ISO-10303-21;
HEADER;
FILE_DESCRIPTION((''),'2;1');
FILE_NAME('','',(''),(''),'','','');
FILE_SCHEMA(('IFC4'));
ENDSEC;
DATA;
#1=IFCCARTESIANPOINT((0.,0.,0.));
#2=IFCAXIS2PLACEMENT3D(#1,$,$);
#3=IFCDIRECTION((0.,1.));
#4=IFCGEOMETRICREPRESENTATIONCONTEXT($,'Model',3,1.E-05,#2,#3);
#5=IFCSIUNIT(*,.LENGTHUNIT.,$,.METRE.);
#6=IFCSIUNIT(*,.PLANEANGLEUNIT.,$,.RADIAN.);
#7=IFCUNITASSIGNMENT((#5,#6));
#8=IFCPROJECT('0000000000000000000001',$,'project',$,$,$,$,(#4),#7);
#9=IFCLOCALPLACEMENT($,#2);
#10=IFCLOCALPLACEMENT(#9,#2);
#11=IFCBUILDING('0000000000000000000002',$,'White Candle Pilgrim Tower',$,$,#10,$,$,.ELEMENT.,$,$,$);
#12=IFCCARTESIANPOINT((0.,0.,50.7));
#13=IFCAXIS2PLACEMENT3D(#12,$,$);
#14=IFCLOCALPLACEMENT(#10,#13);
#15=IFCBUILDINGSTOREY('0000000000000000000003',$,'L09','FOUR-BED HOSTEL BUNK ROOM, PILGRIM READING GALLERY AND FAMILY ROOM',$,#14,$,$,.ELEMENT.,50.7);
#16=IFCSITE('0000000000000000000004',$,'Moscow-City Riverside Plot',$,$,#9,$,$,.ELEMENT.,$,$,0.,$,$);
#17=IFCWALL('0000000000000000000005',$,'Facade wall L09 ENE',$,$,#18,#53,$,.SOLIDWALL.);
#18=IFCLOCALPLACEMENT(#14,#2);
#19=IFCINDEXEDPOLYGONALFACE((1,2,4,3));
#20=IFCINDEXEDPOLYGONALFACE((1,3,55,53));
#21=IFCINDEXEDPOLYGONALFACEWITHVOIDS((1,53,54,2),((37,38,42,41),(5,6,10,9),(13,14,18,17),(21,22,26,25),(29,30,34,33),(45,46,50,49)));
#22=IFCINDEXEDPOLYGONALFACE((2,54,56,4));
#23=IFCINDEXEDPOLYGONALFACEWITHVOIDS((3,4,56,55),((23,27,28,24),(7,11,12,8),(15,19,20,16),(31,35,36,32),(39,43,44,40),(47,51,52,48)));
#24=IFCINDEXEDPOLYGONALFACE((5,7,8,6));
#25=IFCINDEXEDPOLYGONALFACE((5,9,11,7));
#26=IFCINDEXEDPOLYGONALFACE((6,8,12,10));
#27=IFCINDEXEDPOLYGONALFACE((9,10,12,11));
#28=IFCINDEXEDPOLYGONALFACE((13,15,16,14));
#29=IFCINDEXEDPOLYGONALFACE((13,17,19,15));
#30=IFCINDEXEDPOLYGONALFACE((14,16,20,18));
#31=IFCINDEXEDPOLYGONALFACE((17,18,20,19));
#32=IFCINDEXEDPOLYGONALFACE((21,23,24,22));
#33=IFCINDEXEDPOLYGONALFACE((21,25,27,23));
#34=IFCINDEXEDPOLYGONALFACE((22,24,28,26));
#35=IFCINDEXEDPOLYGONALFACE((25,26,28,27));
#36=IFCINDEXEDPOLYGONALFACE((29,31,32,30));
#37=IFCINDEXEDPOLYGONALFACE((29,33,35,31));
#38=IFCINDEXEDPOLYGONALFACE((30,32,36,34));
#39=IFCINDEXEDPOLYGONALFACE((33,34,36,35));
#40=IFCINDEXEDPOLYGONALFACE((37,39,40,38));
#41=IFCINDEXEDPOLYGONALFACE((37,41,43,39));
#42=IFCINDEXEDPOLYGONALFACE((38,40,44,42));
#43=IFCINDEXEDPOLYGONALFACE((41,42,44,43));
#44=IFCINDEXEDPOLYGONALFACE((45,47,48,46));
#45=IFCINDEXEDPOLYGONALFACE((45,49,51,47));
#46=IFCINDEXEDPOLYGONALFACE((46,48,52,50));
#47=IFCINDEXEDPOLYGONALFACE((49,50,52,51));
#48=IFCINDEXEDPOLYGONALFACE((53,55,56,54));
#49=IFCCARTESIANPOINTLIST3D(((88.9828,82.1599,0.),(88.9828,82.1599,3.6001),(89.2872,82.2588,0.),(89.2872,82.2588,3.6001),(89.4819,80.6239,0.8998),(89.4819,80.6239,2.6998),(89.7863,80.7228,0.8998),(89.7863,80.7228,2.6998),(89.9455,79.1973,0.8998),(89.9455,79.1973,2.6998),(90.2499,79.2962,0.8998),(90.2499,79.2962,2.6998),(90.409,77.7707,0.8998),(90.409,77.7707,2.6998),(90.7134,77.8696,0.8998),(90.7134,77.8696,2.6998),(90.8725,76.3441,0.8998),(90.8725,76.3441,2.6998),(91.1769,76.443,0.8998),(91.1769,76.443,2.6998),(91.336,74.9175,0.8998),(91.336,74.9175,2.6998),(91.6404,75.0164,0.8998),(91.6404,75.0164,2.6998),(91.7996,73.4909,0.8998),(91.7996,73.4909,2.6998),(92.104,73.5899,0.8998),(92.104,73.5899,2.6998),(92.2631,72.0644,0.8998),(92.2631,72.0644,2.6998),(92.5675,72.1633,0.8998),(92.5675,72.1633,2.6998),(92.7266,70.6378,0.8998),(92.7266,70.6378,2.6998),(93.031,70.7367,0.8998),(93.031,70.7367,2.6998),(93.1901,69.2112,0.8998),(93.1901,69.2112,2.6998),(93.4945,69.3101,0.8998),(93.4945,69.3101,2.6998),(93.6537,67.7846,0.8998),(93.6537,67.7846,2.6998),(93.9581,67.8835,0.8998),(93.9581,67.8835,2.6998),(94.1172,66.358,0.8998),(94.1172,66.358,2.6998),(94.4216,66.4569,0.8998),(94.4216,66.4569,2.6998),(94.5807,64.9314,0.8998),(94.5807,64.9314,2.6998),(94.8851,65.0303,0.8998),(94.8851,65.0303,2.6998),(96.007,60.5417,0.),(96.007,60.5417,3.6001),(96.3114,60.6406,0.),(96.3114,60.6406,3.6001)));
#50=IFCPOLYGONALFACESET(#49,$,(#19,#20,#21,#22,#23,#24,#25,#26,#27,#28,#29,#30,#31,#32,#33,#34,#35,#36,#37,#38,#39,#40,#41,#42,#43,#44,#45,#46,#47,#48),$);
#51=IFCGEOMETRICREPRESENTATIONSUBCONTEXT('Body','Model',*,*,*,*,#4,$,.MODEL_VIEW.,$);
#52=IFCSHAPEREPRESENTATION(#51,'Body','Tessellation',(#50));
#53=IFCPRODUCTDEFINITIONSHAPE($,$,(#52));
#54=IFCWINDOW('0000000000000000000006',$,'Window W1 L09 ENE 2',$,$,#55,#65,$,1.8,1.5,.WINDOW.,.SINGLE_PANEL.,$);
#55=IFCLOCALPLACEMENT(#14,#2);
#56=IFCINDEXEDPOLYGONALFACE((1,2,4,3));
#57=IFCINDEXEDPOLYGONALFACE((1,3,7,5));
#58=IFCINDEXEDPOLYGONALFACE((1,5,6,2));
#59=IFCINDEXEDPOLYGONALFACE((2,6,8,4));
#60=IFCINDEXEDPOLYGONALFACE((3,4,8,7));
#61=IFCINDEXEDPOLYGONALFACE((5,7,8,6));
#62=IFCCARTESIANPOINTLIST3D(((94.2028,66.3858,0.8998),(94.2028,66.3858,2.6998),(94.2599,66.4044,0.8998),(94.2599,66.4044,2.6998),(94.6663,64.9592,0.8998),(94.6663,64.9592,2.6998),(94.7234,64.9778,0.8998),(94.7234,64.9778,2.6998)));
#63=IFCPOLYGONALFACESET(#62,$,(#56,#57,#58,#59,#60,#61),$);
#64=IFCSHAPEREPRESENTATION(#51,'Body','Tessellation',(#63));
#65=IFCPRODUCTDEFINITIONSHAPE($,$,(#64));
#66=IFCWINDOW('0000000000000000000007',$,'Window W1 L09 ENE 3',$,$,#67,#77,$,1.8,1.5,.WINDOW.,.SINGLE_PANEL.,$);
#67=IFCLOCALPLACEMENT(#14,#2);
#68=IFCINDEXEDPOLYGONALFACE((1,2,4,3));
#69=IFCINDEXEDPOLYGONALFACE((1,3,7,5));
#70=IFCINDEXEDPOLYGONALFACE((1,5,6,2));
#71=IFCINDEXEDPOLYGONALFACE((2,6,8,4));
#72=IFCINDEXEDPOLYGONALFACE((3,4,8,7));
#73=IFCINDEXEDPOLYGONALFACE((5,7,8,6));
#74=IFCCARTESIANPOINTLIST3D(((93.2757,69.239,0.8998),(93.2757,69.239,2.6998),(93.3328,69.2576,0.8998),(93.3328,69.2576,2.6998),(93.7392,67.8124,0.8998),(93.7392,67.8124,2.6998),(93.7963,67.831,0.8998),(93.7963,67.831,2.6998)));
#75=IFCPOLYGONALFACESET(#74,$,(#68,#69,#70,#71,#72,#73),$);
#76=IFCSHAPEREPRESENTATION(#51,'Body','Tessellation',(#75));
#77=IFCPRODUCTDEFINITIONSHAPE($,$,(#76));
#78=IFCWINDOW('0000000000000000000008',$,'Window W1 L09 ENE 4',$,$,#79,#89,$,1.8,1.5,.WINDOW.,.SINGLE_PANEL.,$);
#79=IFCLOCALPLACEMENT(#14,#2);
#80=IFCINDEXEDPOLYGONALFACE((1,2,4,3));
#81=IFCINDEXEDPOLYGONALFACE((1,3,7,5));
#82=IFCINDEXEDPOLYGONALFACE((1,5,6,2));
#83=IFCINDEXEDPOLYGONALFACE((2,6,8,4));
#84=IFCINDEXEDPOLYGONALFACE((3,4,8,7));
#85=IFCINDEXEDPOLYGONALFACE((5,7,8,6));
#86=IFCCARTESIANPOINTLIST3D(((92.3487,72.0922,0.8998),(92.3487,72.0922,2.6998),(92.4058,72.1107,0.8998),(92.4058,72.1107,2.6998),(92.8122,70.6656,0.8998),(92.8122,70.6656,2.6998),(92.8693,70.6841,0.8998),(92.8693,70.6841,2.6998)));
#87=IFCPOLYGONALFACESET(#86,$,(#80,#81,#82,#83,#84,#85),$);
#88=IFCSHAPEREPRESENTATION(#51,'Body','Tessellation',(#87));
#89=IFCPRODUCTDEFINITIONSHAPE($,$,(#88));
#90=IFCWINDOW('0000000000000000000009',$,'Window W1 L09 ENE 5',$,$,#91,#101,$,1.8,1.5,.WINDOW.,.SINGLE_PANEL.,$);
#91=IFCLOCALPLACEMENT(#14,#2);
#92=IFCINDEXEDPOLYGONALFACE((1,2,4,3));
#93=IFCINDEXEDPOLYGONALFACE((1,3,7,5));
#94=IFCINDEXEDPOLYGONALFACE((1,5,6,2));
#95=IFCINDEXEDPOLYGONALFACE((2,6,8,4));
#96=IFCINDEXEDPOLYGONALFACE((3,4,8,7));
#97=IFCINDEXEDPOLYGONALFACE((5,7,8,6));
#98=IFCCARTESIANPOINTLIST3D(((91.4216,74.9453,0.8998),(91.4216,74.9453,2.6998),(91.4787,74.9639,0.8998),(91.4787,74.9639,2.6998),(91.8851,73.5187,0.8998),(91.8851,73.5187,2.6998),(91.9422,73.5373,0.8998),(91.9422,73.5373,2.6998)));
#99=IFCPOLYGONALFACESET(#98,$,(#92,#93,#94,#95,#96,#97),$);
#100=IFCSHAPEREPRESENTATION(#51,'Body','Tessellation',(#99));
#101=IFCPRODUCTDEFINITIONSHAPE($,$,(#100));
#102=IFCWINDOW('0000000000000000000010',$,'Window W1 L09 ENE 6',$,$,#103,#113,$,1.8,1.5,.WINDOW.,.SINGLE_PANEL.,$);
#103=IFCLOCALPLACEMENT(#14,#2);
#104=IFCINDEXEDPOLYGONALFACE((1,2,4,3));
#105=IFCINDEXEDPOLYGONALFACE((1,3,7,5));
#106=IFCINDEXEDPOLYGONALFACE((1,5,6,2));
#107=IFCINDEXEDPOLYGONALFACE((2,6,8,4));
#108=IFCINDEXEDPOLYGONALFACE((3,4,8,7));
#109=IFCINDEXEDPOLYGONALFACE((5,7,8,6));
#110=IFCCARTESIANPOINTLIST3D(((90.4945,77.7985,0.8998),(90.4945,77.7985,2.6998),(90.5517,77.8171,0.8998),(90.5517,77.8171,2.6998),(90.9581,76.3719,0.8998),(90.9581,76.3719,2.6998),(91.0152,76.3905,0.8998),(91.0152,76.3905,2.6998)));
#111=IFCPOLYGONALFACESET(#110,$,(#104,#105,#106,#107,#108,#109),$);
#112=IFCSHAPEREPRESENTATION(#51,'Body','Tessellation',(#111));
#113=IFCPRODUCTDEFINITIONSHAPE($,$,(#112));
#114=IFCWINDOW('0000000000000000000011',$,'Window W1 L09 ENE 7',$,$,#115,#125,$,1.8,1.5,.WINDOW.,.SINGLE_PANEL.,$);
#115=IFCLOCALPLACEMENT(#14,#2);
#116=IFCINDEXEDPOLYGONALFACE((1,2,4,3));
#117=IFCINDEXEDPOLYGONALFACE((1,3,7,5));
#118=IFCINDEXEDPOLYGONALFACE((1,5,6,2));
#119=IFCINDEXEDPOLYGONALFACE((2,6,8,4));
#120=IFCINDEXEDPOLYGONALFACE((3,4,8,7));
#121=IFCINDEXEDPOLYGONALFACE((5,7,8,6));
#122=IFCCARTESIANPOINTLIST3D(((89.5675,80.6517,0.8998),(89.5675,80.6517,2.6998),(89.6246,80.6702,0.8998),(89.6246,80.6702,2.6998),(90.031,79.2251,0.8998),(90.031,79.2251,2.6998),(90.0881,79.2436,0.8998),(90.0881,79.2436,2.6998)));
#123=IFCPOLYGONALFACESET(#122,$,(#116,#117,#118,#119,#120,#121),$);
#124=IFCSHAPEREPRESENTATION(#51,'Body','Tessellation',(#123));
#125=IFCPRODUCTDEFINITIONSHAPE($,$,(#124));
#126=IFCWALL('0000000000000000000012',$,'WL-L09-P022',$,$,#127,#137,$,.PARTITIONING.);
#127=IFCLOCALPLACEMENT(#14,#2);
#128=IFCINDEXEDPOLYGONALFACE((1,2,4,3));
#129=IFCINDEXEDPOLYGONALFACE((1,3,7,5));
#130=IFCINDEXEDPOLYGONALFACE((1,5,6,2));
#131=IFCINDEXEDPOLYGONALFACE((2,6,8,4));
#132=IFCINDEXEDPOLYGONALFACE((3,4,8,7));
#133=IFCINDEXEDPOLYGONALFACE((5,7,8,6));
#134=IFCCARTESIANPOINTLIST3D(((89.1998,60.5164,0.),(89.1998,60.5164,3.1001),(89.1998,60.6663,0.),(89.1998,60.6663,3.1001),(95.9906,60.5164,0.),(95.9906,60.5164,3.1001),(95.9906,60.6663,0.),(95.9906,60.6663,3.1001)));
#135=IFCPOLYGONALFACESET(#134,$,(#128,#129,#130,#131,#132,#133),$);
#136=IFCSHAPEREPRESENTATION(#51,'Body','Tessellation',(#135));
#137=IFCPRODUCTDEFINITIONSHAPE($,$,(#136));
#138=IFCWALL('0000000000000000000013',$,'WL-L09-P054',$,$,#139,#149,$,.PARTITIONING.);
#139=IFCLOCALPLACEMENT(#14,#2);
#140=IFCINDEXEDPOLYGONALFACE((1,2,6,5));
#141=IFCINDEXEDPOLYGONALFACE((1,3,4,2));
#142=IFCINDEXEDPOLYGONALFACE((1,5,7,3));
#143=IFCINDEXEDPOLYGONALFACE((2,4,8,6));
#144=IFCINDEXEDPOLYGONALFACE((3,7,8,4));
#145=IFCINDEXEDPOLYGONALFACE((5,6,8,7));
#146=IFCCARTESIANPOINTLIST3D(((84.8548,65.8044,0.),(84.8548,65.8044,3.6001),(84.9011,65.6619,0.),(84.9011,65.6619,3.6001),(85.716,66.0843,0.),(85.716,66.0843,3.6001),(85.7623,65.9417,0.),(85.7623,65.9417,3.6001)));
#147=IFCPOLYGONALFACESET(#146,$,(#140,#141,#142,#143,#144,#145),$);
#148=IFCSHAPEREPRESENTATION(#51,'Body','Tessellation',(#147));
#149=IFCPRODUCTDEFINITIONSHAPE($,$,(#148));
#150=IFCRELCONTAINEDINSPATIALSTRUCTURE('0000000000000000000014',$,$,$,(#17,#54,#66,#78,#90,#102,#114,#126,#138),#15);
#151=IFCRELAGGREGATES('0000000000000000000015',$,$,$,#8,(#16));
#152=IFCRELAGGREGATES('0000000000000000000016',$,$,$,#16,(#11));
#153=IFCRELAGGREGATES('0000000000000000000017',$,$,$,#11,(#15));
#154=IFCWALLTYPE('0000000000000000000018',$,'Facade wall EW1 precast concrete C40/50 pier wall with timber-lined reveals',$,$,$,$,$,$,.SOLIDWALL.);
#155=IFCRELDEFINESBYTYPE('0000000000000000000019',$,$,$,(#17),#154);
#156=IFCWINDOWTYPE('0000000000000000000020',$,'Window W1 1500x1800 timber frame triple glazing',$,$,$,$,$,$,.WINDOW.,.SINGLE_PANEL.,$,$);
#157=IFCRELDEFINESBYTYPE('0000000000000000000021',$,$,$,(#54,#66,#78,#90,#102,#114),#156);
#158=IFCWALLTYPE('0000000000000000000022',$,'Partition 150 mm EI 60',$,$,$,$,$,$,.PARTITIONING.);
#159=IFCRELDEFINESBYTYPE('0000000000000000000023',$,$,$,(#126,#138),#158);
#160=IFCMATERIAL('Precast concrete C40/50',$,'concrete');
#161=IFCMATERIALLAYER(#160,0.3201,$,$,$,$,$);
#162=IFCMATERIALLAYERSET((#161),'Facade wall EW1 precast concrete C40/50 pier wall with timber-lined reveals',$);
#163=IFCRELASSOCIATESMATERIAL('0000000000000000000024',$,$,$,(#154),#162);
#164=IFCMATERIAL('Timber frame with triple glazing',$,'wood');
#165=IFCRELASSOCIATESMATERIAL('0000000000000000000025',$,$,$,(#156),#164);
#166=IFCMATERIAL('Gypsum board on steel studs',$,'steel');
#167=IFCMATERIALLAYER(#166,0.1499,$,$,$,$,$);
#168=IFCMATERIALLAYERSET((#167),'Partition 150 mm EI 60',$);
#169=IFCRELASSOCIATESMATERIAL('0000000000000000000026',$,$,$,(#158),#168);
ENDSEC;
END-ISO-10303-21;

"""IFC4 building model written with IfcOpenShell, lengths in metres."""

from ifc_helpers import new_model, si_unit, direction, frame, frame_2d, origin, place, context, subcontext, project, spatial, rectangle, extrude, material, layer, layer_set, type_object, element, fill, save


model = new_model("IFC4")

# Units and contexts
model_context = context("Model", 3, precision=1e-05, world=origin(), true_north=direction((0.0, 1.0)))
body_context = subcontext(model_context, "Body", "Model", "MODEL_VIEW")
ifc_project = project(units=[si_unit("LENGTHUNIT", "METRE"), si_unit("PLANEANGLEUNIT", "RADIAN")], contexts=[model_context])

# Site, building, storey
site_placement = place(None, origin())
site = spatial("IfcSite", under=ifc_project, at=site_placement, Name="Moscow-City Riverside Plot", CompositionType="ELEMENT", RefElevation=0.0)
building_placement = place(site_placement, origin())
building = spatial("IfcBuilding", under=site, at=building_placement, Name="White Candle Pilgrim Tower", CompositionType="ELEMENT")
storey_placement = place(building_placement, frame((0.0, 0.0, 50.7)))
storey = spatial("IfcBuildingStorey", under=building, at=storey_placement, Name="L09", Description="FOUR-BED HOSTEL BUNK ROOM, PILGRIM READING GALLERY AND FAMILY ROOM", CompositionType="ELEMENT", Elevation=50.7)

# Shared definitions
ifc_material_1 = material(Name="Gypsum board on steel studs", Category="steel")

# Wall, openings, windows
ifc_material_2 = material(Name="Precast concrete C40/50", Category="concrete")
ifc_layer_1 = layer(ifc_material_2, 0.3201)
ifc_layer_set_1 = layer_set([ifc_layer_1], Name="Facade wall EW1 precast concrete C40/50 pier wall with timber-lined reveals")
wall_type_1 = type_object("IfcWallType", Name="Facade wall EW1 precast concrete C40/50 pier wall with timber-lined reveals", PredefinedType="SOLIDWALL", material=ifc_layer_set_1)
wall_1_placement = place(storey_placement, frame((96.1592, 60.5913, 0.0), z_axis=(0.0, 0.0, 1.0), x_axis=(-0.309017, 0.951056, 0.0)))
wall_1 = element("IfcWall", 1, at=wall_1_placement, inside=storey, type_object=wall_type_1, Name="Facade wall L09 ENE", PredefinedType="SOLIDWALL", context=body_context, shape_type="SweptSolid", body=[
    extrude(rectangle(XDim=22.7307, YDim=0.3201, at=frame_2d((11.3652, 0.0))), origin(), (0.0, 0.0, 1.0), 3.6001),
])
opening_1_placement = place(wall_1_placement, frame((4.6155, 0.0, 0.8999)))
opening_1 = element("IfcOpeningElement", 2, at=opening_1_placement, cuts=wall_1, PredefinedType="OPENING", context=body_context, shape_type="SweptSolid", body=[
    extrude(rectangle(XDim=1.5, YDim=1.8, at=frame_2d((0.75, 0.8999))), frame((0.0, 0.1699, 0.0), z_axis=(0.0, -1.0, 0.0), x_axis=(1.0, 0.0, 0.0)), (0.0, 0.0, 1.0), 0.3401),
])
opening_2_placement = place(wall_1_placement, frame((7.6155, 0.0, 0.8999)))
opening_2 = element("IfcOpeningElement", 3, at=opening_2_placement, cuts=wall_1, PredefinedType="OPENING", context=body_context, shape_type="SweptSolid", body=[
    extrude(rectangle(XDim=1.5, YDim=1.8, at=frame_2d((0.75, 0.8999))), frame((0.0, 0.1699, 0.0), z_axis=(0.0, -1.0, 0.0), x_axis=(1.0, 0.0, 0.0)), (0.0, 0.0, 1.0), 0.3401),
])
opening_3_placement = place(wall_1_placement, frame((10.6155, 0.0, 0.8999)))
opening_3 = element("IfcOpeningElement", 4, at=opening_3_placement, cuts=wall_1, PredefinedType="OPENING", context=body_context, shape_type="SweptSolid", body=[
    extrude(rectangle(XDim=1.5, YDim=1.8, at=frame_2d((0.75, 0.8999))), frame((0.0, 0.1699, 0.0), z_axis=(0.0, -1.0, 0.0), x_axis=(1.0, 0.0, 0.0)), (0.0, 0.0, 1.0), 0.3401),
])
opening_4_placement = place(wall_1_placement, frame((13.6155, 0.0, 0.8999)))
opening_4 = element("IfcOpeningElement", 5, at=opening_4_placement, cuts=wall_1, PredefinedType="OPENING", context=body_context, shape_type="SweptSolid", body=[
    extrude(rectangle(XDim=1.5, YDim=1.8, at=frame_2d((0.75, 0.8999))), frame((0.0, 0.1699, 0.0), z_axis=(0.0, -1.0, 0.0), x_axis=(1.0, 0.0, 0.0)), (0.0, 0.0, 1.0), 0.3401),
])
opening_5_placement = place(wall_1_placement, frame((16.6155, 0.0, 0.8999)))
opening_5 = element("IfcOpeningElement", 6, at=opening_5_placement, cuts=wall_1, PredefinedType="OPENING", context=body_context, shape_type="SweptSolid", body=[
    extrude(rectangle(XDim=1.5, YDim=1.8, at=frame_2d((0.75, 0.8999))), frame((0.0, 0.1699, 0.0), z_axis=(0.0, -1.0, 0.0), x_axis=(1.0, 0.0, 0.0)), (0.0, 0.0, 1.0), 0.3401),
])
opening_6_placement = place(wall_1_placement, frame((19.6155, 0.0, 0.8999)))
opening_6 = element("IfcOpeningElement", 7, at=opening_6_placement, cuts=wall_1, PredefinedType="OPENING", context=body_context, shape_type="SweptSolid", body=[
    extrude(rectangle(XDim=1.5, YDim=1.8, at=frame_2d((0.75, 0.8999))), frame((0.0, 0.1699, 0.0), z_axis=(0.0, -1.0, 0.0), x_axis=(1.0, 0.0, 0.0)), (0.0, 0.0, 1.0), 0.3401),
])
ifc_material_3 = material(Name="Timber frame with triple glazing", Category="wood")
window_type = type_object("IfcWindowType", Name="Window W1 1500x1800 timber frame triple glazing", PartitioningType="SINGLE_PANEL", PredefinedType="WINDOW", material=ifc_material_3)
window_1_placement = place(opening_1_placement, origin())
window_1 = element("IfcWindow", 8, at=window_1_placement, inside=storey, type_object=window_type, Name="Window W1 L09 ENE 2", OverallHeight=1.8, OverallWidth=1.5, PartitioningType="SINGLE_PANEL", PredefinedType="WINDOW", context=body_context, shape_type="SweptSolid", body=[
    extrude(rectangle(XDim=1.5, YDim=1.8, at=frame_2d((0.75, 0.8999))), frame((0.0, 0.0701, 0.0), z_axis=(0.0, -1.0, 0.0), x_axis=(1.0, 0.0, 0.0)), (0.0, 0.0, 1.0), 0.0601),
])
fill(opening_1, window_1)
window_2_placement = place(opening_2_placement, origin())
window_2 = element("IfcWindow", 9, at=window_2_placement, inside=storey, type_object=window_type, Name="Window W1 L09 ENE 3", OverallHeight=1.8, OverallWidth=1.5, PartitioningType="SINGLE_PANEL", PredefinedType="WINDOW", context=body_context, shape_type="SweptSolid", body=[
    extrude(rectangle(XDim=1.5, YDim=1.8, at=frame_2d((0.75, 0.8999))), frame((0.0, 0.0701, 0.0), z_axis=(0.0, -1.0, 0.0), x_axis=(1.0, 0.0, 0.0)), (0.0, 0.0, 1.0), 0.0601),
])
fill(opening_2, window_2)
window_3_placement = place(opening_3_placement, origin())
window_3 = element("IfcWindow", 10, at=window_3_placement, inside=storey, type_object=window_type, Name="Window W1 L09 ENE 4", OverallHeight=1.8, OverallWidth=1.5, PartitioningType="SINGLE_PANEL", PredefinedType="WINDOW", context=body_context, shape_type="SweptSolid", body=[
    extrude(rectangle(XDim=1.5, YDim=1.8, at=frame_2d((0.75, 0.8999))), frame((0.0, 0.0701, 0.0), z_axis=(0.0, -1.0, 0.0), x_axis=(1.0, 0.0, 0.0)), (0.0, 0.0, 1.0), 0.0601),
])
fill(opening_3, window_3)
window_4_placement = place(opening_4_placement, origin())
window_4 = element("IfcWindow", 11, at=window_4_placement, inside=storey, type_object=window_type, Name="Window W1 L09 ENE 5", OverallHeight=1.8, OverallWidth=1.5, PartitioningType="SINGLE_PANEL", PredefinedType="WINDOW", context=body_context, shape_type="SweptSolid", body=[
    extrude(rectangle(XDim=1.5, YDim=1.8, at=frame_2d((0.75, 0.8999))), frame((0.0, 0.0701, 0.0), z_axis=(0.0, -1.0, 0.0), x_axis=(1.0, 0.0, 0.0)), (0.0, 0.0, 1.0), 0.0601),
])
fill(opening_4, window_4)
window_5_placement = place(opening_5_placement, origin())
window_5 = element("IfcWindow", 12, at=window_5_placement, inside=storey, type_object=window_type, Name="Window W1 L09 ENE 6", OverallHeight=1.8, OverallWidth=1.5, PartitioningType="SINGLE_PANEL", PredefinedType="WINDOW", context=body_context, shape_type="SweptSolid", body=[
    extrude(rectangle(XDim=1.5, YDim=1.8, at=frame_2d((0.75, 0.8999))), frame((0.0, 0.0701, 0.0), z_axis=(0.0, -1.0, 0.0), x_axis=(1.0, 0.0, 0.0)), (0.0, 0.0, 1.0), 0.0601),
])
fill(opening_5, window_5)
window_6_placement = place(opening_6_placement, origin())
window_6 = element("IfcWindow", 13, at=window_6_placement, inside=storey, type_object=window_type, Name="Window W1 L09 ENE 7", OverallHeight=1.8, OverallWidth=1.5, PartitioningType="SINGLE_PANEL", PredefinedType="WINDOW", context=body_context, shape_type="SweptSolid", body=[
    extrude(rectangle(XDim=1.5, YDim=1.8, at=frame_2d((0.75, 0.8999))), frame((0.0, 0.0701, 0.0), z_axis=(0.0, -1.0, 0.0), x_axis=(1.0, 0.0, 0.0)), (0.0, 0.0, 1.0), 0.0601),
])
fill(opening_6, window_6)

# Walls
ifc_layer_2 = layer(ifc_material_1, 0.1499)
ifc_layer_set_2 = layer_set([ifc_layer_2], Name="Partition 150 mm EI 60")
wall_type_2 = type_object("IfcWallType", Name="Partition 150 mm EI 60", PredefinedType="PARTITIONING", material=ifc_layer_set_2)
wall_2_placement = place(storey_placement, frame((95.9907, 60.5913, 0.0), z_axis=(0.0, 0.0, 1.0), x_axis=(-1.0, 0.0, 0.0)))
element("IfcWall", 14, at=wall_2_placement, inside=storey, type_object=wall_type_2, Name="WL-L09-P022", PredefinedType="PARTITIONING", context=body_context, shape_type="SweptSolid", body=[
    extrude(rectangle(XDim=6.7908, YDim=0.1499, at=frame_2d((3.3955, 0.0))), origin(), (0.0, 0.0, 1.0), 3.1001),
])
wall_3_placement = place(storey_placement, frame((85.739, 66.0129, 0.0), z_axis=(0.0, 0.0, 1.0), x_axis=(-0.951056, -0.309019, 0.0)))
element("IfcWall", 15, at=wall_3_placement, inside=storey, type_object=wall_type_2, Name="WL-L09-P054", PredefinedType="PARTITIONING", context=body_context, shape_type="SweptSolid", body=[
    extrude(rectangle(XDim=0.9055, YDim=0.1499, at=frame_2d((0.4526, 0.0))), origin(), (0.0, 0.0, 1.0), 3.6001),
])

save(model, "model.ifc")
